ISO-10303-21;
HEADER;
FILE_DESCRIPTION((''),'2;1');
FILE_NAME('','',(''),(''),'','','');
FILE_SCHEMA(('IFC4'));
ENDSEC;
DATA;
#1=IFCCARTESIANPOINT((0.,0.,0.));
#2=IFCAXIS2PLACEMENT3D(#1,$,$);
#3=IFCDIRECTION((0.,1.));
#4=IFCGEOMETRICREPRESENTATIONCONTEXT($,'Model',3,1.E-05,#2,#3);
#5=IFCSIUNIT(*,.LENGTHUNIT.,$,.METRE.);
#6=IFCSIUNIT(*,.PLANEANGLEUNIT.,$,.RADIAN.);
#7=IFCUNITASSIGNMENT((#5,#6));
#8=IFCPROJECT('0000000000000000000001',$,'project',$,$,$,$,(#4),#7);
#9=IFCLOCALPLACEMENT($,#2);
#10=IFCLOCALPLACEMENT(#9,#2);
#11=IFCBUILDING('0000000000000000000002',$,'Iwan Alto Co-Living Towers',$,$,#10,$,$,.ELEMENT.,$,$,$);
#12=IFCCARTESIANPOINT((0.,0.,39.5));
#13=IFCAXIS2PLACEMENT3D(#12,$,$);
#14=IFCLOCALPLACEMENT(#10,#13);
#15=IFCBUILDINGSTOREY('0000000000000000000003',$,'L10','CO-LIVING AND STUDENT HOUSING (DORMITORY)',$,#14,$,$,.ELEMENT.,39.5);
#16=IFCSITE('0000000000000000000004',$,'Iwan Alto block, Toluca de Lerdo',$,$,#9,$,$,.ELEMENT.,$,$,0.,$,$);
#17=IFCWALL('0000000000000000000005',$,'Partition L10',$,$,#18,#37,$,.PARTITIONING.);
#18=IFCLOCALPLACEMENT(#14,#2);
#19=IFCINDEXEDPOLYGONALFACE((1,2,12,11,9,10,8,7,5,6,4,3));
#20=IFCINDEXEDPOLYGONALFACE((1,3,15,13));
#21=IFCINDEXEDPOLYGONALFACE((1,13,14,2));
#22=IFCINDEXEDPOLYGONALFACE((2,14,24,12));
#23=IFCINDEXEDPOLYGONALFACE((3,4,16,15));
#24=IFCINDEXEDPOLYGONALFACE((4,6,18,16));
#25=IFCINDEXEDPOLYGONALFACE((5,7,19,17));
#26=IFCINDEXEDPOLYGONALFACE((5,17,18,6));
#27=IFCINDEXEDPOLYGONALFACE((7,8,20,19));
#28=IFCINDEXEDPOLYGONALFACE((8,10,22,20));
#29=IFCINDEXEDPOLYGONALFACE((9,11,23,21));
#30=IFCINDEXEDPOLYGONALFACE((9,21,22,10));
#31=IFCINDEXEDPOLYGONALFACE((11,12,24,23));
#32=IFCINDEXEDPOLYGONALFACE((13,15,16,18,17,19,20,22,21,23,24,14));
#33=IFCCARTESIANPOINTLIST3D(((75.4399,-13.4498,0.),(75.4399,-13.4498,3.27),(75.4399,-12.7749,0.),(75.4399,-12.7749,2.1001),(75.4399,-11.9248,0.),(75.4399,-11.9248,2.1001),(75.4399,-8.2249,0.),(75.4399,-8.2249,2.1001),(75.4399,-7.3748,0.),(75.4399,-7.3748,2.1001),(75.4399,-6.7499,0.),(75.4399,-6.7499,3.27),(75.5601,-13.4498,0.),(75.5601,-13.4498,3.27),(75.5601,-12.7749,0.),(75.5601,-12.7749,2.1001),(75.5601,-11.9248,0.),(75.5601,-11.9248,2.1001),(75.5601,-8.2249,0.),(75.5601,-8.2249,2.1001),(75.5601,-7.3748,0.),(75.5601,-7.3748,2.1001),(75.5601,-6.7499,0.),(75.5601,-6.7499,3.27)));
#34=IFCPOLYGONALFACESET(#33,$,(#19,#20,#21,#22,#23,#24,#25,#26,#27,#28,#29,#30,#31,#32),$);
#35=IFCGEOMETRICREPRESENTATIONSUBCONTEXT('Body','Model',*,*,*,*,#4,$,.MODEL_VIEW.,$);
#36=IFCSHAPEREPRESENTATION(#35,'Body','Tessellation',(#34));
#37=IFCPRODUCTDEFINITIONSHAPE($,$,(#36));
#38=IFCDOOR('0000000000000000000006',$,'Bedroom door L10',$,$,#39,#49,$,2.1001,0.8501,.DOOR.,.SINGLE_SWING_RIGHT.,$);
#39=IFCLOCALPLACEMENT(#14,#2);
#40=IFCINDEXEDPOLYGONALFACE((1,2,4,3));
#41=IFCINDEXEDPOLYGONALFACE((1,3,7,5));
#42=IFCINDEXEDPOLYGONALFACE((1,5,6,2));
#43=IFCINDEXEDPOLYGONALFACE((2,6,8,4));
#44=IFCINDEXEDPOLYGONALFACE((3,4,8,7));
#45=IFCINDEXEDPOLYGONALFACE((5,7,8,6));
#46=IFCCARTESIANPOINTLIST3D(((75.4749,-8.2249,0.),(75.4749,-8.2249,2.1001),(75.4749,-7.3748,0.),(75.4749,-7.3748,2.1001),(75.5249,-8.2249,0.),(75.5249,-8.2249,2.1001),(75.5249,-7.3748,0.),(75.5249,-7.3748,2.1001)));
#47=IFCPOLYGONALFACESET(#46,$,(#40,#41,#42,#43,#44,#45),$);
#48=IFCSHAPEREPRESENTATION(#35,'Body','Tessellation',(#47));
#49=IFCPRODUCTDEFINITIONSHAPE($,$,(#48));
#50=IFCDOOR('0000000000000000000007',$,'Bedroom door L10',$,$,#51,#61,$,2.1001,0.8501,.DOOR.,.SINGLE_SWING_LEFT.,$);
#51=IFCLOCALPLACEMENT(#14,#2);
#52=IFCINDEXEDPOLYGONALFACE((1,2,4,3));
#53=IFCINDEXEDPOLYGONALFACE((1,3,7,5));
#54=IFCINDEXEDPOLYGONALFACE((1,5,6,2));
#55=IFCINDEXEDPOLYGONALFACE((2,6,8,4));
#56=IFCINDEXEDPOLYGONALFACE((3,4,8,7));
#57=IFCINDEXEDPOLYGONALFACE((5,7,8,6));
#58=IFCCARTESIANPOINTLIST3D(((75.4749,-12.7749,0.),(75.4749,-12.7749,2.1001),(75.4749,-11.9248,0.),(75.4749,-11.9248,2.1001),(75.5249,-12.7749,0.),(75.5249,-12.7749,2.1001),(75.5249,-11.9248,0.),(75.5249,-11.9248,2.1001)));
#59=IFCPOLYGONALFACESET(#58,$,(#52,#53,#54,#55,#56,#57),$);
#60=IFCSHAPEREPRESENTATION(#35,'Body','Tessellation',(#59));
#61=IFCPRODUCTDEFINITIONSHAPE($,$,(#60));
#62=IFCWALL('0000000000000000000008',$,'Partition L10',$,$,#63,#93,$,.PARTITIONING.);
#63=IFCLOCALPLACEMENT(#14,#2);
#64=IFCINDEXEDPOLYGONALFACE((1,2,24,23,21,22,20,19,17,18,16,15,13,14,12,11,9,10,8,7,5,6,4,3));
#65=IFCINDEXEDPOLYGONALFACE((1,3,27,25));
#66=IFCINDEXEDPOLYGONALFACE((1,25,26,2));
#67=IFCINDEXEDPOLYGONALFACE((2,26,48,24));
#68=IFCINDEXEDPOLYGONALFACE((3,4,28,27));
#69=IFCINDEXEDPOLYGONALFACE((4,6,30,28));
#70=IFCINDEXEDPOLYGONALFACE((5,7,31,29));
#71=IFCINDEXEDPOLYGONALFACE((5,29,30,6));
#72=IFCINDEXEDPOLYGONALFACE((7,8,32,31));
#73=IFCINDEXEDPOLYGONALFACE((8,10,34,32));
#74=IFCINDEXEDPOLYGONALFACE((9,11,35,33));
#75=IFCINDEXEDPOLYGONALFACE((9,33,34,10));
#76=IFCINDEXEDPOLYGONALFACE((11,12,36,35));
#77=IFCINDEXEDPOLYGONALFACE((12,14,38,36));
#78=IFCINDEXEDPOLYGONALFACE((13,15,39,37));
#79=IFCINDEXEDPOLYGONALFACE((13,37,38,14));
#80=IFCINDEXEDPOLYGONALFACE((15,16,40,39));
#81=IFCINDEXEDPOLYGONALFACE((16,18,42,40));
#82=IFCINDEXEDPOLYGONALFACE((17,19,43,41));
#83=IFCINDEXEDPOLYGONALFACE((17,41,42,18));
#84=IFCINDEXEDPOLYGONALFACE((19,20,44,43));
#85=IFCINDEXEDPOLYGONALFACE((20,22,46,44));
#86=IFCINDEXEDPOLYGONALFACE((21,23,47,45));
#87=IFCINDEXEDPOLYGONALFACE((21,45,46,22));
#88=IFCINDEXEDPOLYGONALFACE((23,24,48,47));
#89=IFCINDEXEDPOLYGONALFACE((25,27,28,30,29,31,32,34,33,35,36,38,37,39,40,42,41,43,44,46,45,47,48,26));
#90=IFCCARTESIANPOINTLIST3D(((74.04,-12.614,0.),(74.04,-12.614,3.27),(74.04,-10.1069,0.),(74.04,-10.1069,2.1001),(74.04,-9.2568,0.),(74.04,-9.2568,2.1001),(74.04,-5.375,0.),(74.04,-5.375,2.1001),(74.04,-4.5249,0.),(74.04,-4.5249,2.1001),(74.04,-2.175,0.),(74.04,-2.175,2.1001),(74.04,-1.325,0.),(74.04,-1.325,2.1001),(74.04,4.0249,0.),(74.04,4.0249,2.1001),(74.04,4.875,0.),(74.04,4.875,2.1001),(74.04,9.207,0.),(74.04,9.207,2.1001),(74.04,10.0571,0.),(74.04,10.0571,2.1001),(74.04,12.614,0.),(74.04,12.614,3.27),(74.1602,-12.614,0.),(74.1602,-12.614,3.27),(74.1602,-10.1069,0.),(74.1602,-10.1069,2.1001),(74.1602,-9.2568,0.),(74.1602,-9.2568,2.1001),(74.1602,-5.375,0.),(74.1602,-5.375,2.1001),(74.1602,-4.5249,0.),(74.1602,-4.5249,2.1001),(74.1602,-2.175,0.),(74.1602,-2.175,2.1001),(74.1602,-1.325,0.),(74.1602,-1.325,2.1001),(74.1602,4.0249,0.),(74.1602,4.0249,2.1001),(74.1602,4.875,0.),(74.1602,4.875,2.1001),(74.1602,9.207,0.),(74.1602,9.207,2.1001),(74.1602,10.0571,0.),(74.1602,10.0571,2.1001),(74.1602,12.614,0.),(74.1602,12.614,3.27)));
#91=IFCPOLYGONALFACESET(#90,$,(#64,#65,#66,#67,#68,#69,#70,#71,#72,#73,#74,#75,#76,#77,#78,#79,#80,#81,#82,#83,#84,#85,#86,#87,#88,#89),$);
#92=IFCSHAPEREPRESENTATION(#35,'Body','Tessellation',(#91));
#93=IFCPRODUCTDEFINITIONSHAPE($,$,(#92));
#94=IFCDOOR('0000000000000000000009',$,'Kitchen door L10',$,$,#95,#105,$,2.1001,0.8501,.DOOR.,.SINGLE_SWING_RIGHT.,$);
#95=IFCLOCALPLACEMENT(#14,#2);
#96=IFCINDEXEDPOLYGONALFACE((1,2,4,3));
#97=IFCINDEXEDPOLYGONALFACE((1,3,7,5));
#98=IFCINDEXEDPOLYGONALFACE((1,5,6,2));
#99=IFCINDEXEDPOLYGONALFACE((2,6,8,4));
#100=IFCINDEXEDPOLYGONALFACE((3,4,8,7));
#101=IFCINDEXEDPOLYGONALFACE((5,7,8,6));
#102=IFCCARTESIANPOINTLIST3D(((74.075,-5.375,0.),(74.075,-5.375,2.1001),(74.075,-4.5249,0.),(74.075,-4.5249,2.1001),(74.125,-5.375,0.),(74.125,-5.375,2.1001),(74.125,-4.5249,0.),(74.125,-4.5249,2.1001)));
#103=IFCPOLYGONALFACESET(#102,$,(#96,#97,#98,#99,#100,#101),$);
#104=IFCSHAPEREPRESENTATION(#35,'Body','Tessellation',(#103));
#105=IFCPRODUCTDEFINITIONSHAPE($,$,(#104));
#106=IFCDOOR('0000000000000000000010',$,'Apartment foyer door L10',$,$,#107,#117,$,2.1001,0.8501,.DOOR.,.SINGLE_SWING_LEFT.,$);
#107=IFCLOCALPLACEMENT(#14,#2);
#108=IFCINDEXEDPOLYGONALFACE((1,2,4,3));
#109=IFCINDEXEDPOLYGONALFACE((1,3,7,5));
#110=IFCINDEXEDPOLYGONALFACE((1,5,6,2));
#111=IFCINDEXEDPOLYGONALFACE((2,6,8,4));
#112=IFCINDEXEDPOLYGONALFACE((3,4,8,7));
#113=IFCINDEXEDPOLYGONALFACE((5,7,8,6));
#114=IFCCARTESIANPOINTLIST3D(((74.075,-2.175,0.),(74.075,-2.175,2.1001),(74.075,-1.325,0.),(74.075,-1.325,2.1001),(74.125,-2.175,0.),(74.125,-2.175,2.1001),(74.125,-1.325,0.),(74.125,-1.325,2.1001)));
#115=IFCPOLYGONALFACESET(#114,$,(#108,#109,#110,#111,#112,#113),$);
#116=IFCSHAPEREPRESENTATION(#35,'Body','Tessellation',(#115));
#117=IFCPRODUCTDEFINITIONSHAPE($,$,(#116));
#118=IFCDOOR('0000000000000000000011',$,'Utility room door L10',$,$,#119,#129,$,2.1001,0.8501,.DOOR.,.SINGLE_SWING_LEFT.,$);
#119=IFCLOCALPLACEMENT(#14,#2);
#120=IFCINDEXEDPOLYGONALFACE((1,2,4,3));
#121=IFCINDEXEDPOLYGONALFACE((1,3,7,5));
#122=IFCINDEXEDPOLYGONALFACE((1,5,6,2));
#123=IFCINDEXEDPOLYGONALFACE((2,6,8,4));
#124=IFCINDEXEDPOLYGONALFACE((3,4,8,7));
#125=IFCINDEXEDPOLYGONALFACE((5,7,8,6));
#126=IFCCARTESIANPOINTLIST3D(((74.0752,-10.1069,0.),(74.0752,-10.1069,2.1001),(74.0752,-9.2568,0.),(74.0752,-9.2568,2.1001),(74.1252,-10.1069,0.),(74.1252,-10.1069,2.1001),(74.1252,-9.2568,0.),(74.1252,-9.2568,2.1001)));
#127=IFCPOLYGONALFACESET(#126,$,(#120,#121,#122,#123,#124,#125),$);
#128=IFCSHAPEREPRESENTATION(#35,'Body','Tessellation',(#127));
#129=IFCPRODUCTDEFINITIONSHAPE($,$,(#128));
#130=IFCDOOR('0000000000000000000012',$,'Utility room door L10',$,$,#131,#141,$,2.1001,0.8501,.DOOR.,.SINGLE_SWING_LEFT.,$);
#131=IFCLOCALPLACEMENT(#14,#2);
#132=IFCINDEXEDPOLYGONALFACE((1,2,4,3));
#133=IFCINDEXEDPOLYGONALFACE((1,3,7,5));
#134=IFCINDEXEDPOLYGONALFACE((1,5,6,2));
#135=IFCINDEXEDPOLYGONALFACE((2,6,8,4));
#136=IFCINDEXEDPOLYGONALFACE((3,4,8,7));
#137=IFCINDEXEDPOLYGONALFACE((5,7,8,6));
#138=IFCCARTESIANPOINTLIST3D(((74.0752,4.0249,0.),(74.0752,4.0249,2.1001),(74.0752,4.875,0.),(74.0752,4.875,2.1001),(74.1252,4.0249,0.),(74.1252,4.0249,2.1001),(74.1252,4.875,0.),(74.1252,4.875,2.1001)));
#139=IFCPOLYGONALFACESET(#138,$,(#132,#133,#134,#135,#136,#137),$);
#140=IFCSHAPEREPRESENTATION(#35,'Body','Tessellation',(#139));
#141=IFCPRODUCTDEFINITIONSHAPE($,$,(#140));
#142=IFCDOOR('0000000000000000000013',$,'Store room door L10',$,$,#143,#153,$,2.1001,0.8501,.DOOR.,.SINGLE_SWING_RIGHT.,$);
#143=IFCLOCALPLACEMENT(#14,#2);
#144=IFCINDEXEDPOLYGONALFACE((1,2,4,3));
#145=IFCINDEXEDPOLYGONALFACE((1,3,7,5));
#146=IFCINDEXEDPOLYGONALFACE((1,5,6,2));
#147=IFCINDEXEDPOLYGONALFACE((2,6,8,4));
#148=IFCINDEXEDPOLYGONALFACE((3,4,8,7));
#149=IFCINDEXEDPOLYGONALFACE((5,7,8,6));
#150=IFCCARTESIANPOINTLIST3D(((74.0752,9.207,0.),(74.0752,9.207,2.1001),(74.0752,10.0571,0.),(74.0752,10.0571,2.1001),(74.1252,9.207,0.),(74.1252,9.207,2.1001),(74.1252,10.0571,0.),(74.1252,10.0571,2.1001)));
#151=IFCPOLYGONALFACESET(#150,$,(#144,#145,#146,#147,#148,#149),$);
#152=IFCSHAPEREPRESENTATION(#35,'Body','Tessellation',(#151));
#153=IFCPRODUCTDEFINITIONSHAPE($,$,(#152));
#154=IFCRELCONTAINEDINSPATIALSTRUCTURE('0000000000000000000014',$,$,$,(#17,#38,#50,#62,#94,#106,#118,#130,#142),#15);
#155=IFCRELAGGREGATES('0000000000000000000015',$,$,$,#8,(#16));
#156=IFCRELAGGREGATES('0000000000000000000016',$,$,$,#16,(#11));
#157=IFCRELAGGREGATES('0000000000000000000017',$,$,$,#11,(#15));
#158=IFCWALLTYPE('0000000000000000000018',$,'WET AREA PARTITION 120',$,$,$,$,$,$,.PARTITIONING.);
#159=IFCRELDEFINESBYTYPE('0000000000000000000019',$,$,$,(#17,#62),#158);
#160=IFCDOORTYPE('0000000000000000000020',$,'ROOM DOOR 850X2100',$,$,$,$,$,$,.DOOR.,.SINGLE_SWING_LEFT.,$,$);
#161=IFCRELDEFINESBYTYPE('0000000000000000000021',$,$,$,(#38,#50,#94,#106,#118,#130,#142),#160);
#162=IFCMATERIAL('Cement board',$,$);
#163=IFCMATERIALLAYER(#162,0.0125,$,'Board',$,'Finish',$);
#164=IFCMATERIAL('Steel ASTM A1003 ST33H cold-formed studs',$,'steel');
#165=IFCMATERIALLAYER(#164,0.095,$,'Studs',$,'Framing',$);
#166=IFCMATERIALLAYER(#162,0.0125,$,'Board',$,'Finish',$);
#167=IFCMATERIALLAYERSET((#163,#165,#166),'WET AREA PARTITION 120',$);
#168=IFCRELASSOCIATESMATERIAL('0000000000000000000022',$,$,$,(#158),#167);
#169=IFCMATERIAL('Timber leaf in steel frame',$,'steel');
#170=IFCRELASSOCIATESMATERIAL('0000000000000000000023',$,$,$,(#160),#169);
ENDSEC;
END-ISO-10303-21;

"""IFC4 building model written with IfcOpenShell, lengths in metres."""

from ifc_helpers import new_model, si_unit, direction, frame, frame_2d, origin, place, context, subcontext, project, spatial, rectangle, extrude, material, layer, layer_set, type_object, element, fill, save


model = new_model("IFC4")

# Units and contexts
model_context = context("Model", 3, precision=1e-05, world=origin(), true_north=direction((0.0, 1.0)))
body_context = subcontext(model_context, "Body", "Model", "MODEL_VIEW")
ifc_project = project(units=[si_unit("LENGTHUNIT", "METRE"), si_unit("PLANEANGLEUNIT", "RADIAN")], contexts=[model_context])

# Site, building, storey
site_placement = place(None, origin())
site = spatial("IfcSite", under=ifc_project, at=site_placement, Name="Iwan Alto block, Toluca de Lerdo", CompositionType="ELEMENT", RefElevation=0.0)
building_placement = place(site_placement, origin())
building = spatial("IfcBuilding", under=site, at=building_placement, Name="Iwan Alto Co-Living Towers", CompositionType="ELEMENT")
storey_placement = place(building_placement, frame((0.0, 0.0, 39.5)))
storey = spatial("IfcBuildingStorey", under=building, at=storey_placement, Name="L10", Description="CO-LIVING AND STUDENT HOUSING (DORMITORY)", CompositionType="ELEMENT", Elevation=39.5)

# Shared definitions
ifc_material_1 = material(Name="Steel ASTM A1003 ST33H cold-formed studs", Category="steel")
ifc_material_2 = material(Name="Cement board")
ifc_layer_1 = layer(ifc_material_2, 0.0125, Name="Board", Category="Finish")
ifc_layer_2 = layer(ifc_material_1, 0.095, Name="Studs", Category="Framing")
ifc_layer_3 = layer(ifc_material_2, 0.0125, Name="Board", Category="Finish")
ifc_layer_set_1 = layer_set([ifc_layer_1, ifc_layer_2, ifc_layer_3], Name="WET AREA PARTITION 120")
wall_type_1 = type_object("IfcWallType", Name="WET AREA PARTITION 120", PredefinedType="PARTITIONING", material=ifc_layer_set_1)

# Shared definitions
ifc_material_3 = material(Name="Timber leaf in steel frame", Category="steel")
door_type = type_object("IfcDoorType", Name="ROOM DOOR 850X2100", OperationType="SINGLE_SWING_LEFT", PredefinedType="DOOR", material=ifc_material_3)

# Walls, openings, doors
wall_1_placement = place(storey_placement, frame((75.5, -13.45, 0.0), z_axis=(0.0, 0.0, 1.0), x_axis=(0.0, 1.0, 0.0)))
wall_1 = element("IfcWall", 1, at=wall_1_placement, inside=storey, type_object=wall_type_1, Name="Partition L10", PredefinedType="PARTITIONING", context=body_context, shape_type="SweptSolid", body=[
    extrude(rectangle(XDim=6.7, YDim=0.1201, at=frame_2d((3.3501, 0.0))), origin(), (0.0, 0.0, 1.0), 3.27),
])
opening_1_placement = place(wall_1_placement, frame((5.2251, 0.0, 0.0)))
opening_1 = element("IfcOpeningElement", 2, at=opening_1_placement, cuts=wall_1, PredefinedType="OPENING", context=body_context, shape_type="SweptSolid", body=[
    extrude(rectangle(XDim=0.8501, YDim=2.1001, at=frame_2d((0.425, 1.05))), frame((0.0, 0.0701, 0.0), z_axis=(0.0, -1.0, 0.0), x_axis=(1.0, 0.0, 0.0)), (0.0, 0.0, 1.0), 0.1401),
])
opening_2_placement = place(wall_1_placement, frame((0.675, 0.0, 0.0)))
opening_2 = element("IfcOpeningElement", 3, at=opening_2_placement, cuts=wall_1, PredefinedType="OPENING", context=body_context, shape_type="SweptSolid", body=[
    extrude(rectangle(XDim=0.8501, YDim=2.1001, at=frame_2d((0.425, 1.05))), frame((0.0, 0.0701, 0.0), z_axis=(0.0, -1.0, 0.0), x_axis=(1.0, 0.0, 0.0)), (0.0, 0.0, 1.0), 0.1401),
])
door_1_placement = place(opening_1_placement, frame((0.8501, 0.0, 0.0), z_axis=(0.0, 0.0, 1.0), x_axis=(-1.0, 0.0, 0.0)))
door_1 = element("IfcDoor", 4, at=door_1_placement, inside=storey, type_object=door_type, Name="Bedroom door L10", OperationType="SINGLE_SWING_RIGHT", OverallHeight=2.1001, OverallWidth=0.8501, PredefinedType="DOOR", context=body_context, shape_type="SweptSolid", body=[
    extrude(rectangle(XDim=0.8501, YDim=2.1001, at=frame_2d((0.425, 1.05))), frame((0.0, 0.0249, 0.0), z_axis=(0.0, -1.0, 0.0), x_axis=(1.0, 0.0, 0.0)), (0.0, 0.0, 1.0), 0.05),
])
fill(opening_1, door_1)
door_2_placement = place(opening_2_placement, frame((0.8501, 0.0, 0.0), z_axis=(0.0, 0.0, 1.0), x_axis=(-1.0, 0.0, 0.0)))
door_2 = element("IfcDoor", 5, at=door_2_placement, inside=storey, type_object=door_type, Name="Bedroom door L10", OperationType="SINGLE_SWING_LEFT", OverallHeight=2.1001, OverallWidth=0.8501, PredefinedType="DOOR", context=body_context, shape_type="SweptSolid", body=[
    extrude(rectangle(XDim=0.8501, YDim=2.1001, at=frame_2d((0.425, 1.05))), frame((0.0, 0.0249, 0.0), z_axis=(0.0, -1.0, 0.0), x_axis=(1.0, 0.0, 0.0)), (0.0, 0.0, 1.0), 0.05),
])
fill(opening_2, door_2)
wall_2_placement = place(storey_placement, frame((74.1001, -12.614, 0.0), z_axis=(0.0, 0.0, 1.0), x_axis=(0.0, 1.0, 0.0)))
wall_2 = element("IfcWall", 6, at=wall_2_placement, inside=storey, type_object=wall_type_1, Name="Partition L10", PredefinedType="PARTITIONING", context=body_context, shape_type="SweptSolid", body=[
    extrude(rectangle(XDim=25.228, YDim=0.1201, at=frame_2d((12.614, 0.0))), origin(), (0.0, 0.0, 1.0), 3.27),
])
opening_3_placement = place(wall_2_placement, frame((7.239, 0.0, 0.0)))
opening_3 = element("IfcOpeningElement", 7, at=opening_3_placement, cuts=wall_2, PredefinedType="OPENING", context=body_context, shape_type="SweptSolid", body=[
    extrude(rectangle(XDim=0.8501, YDim=2.1001, at=frame_2d((0.425, 1.05))), frame((0.0, 0.0701, 0.0), z_axis=(0.0, -1.0, 0.0), x_axis=(1.0, 0.0, 0.0)), (0.0, 0.0, 1.0), 0.1401),
])
opening_4_placement = place(wall_2_placement, frame((10.439, 0.0, 0.0)))
opening_4 = element("IfcOpeningElement", 8, at=opening_4_placement, cuts=wall_2, PredefinedType="OPENING", context=body_context, shape_type="SweptSolid", body=[
    extrude(rectangle(XDim=0.8501, YDim=2.1001, at=frame_2d((0.425, 1.05))), frame((0.0, 0.0701, 0.0), z_axis=(0.0, -1.0, 0.0), x_axis=(1.0, 0.0, 0.0)), (0.0, 0.0, 1.0), 0.1401),
])
opening_5_placement = place(wall_2_placement, frame((2.5071, 0.0, 0.0)))
opening_5 = element("IfcOpeningElement", 9, at=opening_5_placement, cuts=wall_2, PredefinedType="OPENING", context=body_context, shape_type="SweptSolid", body=[
    extrude(rectangle(XDim=0.8501, YDim=2.1001, at=frame_2d((0.425, 1.05))), frame((0.0, 0.0701, 0.0), z_axis=(0.0, -1.0, 0.0), x_axis=(1.0, 0.0, 0.0)), (0.0, 0.0, 1.0), 0.1401),
])
opening_6_placement = place(wall_2_placement, frame((16.6389, 0.0, 0.0)))
opening_6 = element("IfcOpeningElement", 10, at=opening_6_placement, cuts=wall_2, PredefinedType="OPENING", context=body_context, shape_type="SweptSolid", body=[
    extrude(rectangle(XDim=0.8501, YDim=2.1001, at=frame_2d((0.425, 1.05))), frame((0.0, 0.0701, 0.0), z_axis=(0.0, -1.0, 0.0), x_axis=(1.0, 0.0, 0.0)), (0.0, 0.0, 1.0), 0.1401),
])
opening_7_placement = place(wall_2_placement, frame((21.821, 0.0, 0.0)))
opening_7 = element("IfcOpeningElement", 11, at=opening_7_placement, cuts=wall_2, PredefinedType="OPENING", context=body_context, shape_type="SweptSolid", body=[
    extrude(rectangle(XDim=0.8501, YDim=2.1001, at=frame_2d((0.425, 1.05))), frame((0.0, 0.0701, 0.0), z_axis=(0.0, -1.0, 0.0), x_axis=(1.0, 0.0, 0.0)), (0.0, 0.0, 1.0), 0.1401),
])
door_3_placement = place(opening_3_placement, frame((0.8501, 0.0, 0.0), z_axis=(0.0, 0.0, 1.0), x_axis=(-1.0, 0.0, 0.0)))
door_3 = element("IfcDoor", 12, at=door_3_placement, inside=storey, type_object=door_type, Name="Kitchen door L10", OperationType="SINGLE_SWING_RIGHT", OverallHeight=2.1001, OverallWidth=0.8501, PredefinedType="DOOR", context=body_context, shape_type="SweptSolid", body=[
    extrude(rectangle(XDim=0.8501, YDim=2.1001, at=frame_2d((0.425, 1.05))), frame((0.0, 0.0249, 0.0), z_axis=(0.0, -1.0, 0.0), x_axis=(1.0, 0.0, 0.0)), (0.0, 0.0, 1.0), 0.05),
])
fill(opening_3, door_3)
door_4_placement = place(opening_4_placement, frame((0.8501, 0.0, 0.0), z_axis=(0.0, 0.0, 1.0), x_axis=(-1.0, 0.0, 0.0)))
door_4 = element("IfcDoor", 13, at=door_4_placement, inside=storey, type_object=door_type, Name="Apartment foyer door L10", OperationType="SINGLE_SWING_LEFT", OverallHeight=2.1001, OverallWidth=0.8501, PredefinedType="DOOR", context=body_context, shape_type="SweptSolid", body=[
    extrude(rectangle(XDim=0.8501, YDim=2.1001, at=frame_2d((0.425, 1.05))), frame((0.0, 0.0249, 0.0), z_axis=(0.0, -1.0, 0.0), x_axis=(1.0, 0.0, 0.0)), (0.0, 0.0, 1.0), 0.05),
])
fill(opening_4, door_4)
door_5_placement = place(opening_5_placement, origin())
door_5 = element("IfcDoor", 14, at=door_5_placement, inside=storey, type_object=door_type, Name="Utility room door L10", OperationType="SINGLE_SWING_LEFT", OverallHeight=2.1001, OverallWidth=0.8501, PredefinedType="DOOR", context=body_context, shape_type="SweptSolid", body=[
    extrude(rectangle(XDim=0.8501, YDim=2.1001, at=frame_2d((0.425, 1.05))), frame((0.0, 0.0249, 0.0), z_axis=(0.0, -1.0, 0.0), x_axis=(1.0, 0.0, 0.0)), (0.0, 0.0, 1.0), 0.05),
])
fill(opening_5, door_5)
door_6_placement = place(opening_6_placement, origin())
door_6 = element("IfcDoor", 15, at=door_6_placement, inside=storey, type_object=door_type, Name="Utility room door L10", OperationType="SINGLE_SWING_LEFT", OverallHeight=2.1001, OverallWidth=0.8501, PredefinedType="DOOR", context=body_context, shape_type="SweptSolid", body=[
    extrude(rectangle(XDim=0.8501, YDim=2.1001, at=frame_2d((0.425, 1.05))), frame((0.0, 0.0249, 0.0), z_axis=(0.0, -1.0, 0.0), x_axis=(1.0, 0.0, 0.0)), (0.0, 0.0, 1.0), 0.05),
])
fill(opening_6, door_6)
door_7_placement = place(opening_7_placement, origin())
door_7 = element("IfcDoor", 16, at=door_7_placement, inside=storey, type_object=door_type, Name="Store room door L10", OperationType="SINGLE_SWING_RIGHT", OverallHeight=2.1001, OverallWidth=0.8501, PredefinedType="DOOR", context=body_context, shape_type="SweptSolid", body=[
    extrude(rectangle(XDim=0.8501, YDim=2.1001, at=frame_2d((0.425, 1.05))), frame((0.0, 0.0249, 0.0), z_axis=(0.0, -1.0, 0.0), x_axis=(1.0, 0.0, 0.0)), (0.0, 0.0, 1.0), 0.05),
])
fill(opening_7, door_7)

save(model, "model.ifc")
